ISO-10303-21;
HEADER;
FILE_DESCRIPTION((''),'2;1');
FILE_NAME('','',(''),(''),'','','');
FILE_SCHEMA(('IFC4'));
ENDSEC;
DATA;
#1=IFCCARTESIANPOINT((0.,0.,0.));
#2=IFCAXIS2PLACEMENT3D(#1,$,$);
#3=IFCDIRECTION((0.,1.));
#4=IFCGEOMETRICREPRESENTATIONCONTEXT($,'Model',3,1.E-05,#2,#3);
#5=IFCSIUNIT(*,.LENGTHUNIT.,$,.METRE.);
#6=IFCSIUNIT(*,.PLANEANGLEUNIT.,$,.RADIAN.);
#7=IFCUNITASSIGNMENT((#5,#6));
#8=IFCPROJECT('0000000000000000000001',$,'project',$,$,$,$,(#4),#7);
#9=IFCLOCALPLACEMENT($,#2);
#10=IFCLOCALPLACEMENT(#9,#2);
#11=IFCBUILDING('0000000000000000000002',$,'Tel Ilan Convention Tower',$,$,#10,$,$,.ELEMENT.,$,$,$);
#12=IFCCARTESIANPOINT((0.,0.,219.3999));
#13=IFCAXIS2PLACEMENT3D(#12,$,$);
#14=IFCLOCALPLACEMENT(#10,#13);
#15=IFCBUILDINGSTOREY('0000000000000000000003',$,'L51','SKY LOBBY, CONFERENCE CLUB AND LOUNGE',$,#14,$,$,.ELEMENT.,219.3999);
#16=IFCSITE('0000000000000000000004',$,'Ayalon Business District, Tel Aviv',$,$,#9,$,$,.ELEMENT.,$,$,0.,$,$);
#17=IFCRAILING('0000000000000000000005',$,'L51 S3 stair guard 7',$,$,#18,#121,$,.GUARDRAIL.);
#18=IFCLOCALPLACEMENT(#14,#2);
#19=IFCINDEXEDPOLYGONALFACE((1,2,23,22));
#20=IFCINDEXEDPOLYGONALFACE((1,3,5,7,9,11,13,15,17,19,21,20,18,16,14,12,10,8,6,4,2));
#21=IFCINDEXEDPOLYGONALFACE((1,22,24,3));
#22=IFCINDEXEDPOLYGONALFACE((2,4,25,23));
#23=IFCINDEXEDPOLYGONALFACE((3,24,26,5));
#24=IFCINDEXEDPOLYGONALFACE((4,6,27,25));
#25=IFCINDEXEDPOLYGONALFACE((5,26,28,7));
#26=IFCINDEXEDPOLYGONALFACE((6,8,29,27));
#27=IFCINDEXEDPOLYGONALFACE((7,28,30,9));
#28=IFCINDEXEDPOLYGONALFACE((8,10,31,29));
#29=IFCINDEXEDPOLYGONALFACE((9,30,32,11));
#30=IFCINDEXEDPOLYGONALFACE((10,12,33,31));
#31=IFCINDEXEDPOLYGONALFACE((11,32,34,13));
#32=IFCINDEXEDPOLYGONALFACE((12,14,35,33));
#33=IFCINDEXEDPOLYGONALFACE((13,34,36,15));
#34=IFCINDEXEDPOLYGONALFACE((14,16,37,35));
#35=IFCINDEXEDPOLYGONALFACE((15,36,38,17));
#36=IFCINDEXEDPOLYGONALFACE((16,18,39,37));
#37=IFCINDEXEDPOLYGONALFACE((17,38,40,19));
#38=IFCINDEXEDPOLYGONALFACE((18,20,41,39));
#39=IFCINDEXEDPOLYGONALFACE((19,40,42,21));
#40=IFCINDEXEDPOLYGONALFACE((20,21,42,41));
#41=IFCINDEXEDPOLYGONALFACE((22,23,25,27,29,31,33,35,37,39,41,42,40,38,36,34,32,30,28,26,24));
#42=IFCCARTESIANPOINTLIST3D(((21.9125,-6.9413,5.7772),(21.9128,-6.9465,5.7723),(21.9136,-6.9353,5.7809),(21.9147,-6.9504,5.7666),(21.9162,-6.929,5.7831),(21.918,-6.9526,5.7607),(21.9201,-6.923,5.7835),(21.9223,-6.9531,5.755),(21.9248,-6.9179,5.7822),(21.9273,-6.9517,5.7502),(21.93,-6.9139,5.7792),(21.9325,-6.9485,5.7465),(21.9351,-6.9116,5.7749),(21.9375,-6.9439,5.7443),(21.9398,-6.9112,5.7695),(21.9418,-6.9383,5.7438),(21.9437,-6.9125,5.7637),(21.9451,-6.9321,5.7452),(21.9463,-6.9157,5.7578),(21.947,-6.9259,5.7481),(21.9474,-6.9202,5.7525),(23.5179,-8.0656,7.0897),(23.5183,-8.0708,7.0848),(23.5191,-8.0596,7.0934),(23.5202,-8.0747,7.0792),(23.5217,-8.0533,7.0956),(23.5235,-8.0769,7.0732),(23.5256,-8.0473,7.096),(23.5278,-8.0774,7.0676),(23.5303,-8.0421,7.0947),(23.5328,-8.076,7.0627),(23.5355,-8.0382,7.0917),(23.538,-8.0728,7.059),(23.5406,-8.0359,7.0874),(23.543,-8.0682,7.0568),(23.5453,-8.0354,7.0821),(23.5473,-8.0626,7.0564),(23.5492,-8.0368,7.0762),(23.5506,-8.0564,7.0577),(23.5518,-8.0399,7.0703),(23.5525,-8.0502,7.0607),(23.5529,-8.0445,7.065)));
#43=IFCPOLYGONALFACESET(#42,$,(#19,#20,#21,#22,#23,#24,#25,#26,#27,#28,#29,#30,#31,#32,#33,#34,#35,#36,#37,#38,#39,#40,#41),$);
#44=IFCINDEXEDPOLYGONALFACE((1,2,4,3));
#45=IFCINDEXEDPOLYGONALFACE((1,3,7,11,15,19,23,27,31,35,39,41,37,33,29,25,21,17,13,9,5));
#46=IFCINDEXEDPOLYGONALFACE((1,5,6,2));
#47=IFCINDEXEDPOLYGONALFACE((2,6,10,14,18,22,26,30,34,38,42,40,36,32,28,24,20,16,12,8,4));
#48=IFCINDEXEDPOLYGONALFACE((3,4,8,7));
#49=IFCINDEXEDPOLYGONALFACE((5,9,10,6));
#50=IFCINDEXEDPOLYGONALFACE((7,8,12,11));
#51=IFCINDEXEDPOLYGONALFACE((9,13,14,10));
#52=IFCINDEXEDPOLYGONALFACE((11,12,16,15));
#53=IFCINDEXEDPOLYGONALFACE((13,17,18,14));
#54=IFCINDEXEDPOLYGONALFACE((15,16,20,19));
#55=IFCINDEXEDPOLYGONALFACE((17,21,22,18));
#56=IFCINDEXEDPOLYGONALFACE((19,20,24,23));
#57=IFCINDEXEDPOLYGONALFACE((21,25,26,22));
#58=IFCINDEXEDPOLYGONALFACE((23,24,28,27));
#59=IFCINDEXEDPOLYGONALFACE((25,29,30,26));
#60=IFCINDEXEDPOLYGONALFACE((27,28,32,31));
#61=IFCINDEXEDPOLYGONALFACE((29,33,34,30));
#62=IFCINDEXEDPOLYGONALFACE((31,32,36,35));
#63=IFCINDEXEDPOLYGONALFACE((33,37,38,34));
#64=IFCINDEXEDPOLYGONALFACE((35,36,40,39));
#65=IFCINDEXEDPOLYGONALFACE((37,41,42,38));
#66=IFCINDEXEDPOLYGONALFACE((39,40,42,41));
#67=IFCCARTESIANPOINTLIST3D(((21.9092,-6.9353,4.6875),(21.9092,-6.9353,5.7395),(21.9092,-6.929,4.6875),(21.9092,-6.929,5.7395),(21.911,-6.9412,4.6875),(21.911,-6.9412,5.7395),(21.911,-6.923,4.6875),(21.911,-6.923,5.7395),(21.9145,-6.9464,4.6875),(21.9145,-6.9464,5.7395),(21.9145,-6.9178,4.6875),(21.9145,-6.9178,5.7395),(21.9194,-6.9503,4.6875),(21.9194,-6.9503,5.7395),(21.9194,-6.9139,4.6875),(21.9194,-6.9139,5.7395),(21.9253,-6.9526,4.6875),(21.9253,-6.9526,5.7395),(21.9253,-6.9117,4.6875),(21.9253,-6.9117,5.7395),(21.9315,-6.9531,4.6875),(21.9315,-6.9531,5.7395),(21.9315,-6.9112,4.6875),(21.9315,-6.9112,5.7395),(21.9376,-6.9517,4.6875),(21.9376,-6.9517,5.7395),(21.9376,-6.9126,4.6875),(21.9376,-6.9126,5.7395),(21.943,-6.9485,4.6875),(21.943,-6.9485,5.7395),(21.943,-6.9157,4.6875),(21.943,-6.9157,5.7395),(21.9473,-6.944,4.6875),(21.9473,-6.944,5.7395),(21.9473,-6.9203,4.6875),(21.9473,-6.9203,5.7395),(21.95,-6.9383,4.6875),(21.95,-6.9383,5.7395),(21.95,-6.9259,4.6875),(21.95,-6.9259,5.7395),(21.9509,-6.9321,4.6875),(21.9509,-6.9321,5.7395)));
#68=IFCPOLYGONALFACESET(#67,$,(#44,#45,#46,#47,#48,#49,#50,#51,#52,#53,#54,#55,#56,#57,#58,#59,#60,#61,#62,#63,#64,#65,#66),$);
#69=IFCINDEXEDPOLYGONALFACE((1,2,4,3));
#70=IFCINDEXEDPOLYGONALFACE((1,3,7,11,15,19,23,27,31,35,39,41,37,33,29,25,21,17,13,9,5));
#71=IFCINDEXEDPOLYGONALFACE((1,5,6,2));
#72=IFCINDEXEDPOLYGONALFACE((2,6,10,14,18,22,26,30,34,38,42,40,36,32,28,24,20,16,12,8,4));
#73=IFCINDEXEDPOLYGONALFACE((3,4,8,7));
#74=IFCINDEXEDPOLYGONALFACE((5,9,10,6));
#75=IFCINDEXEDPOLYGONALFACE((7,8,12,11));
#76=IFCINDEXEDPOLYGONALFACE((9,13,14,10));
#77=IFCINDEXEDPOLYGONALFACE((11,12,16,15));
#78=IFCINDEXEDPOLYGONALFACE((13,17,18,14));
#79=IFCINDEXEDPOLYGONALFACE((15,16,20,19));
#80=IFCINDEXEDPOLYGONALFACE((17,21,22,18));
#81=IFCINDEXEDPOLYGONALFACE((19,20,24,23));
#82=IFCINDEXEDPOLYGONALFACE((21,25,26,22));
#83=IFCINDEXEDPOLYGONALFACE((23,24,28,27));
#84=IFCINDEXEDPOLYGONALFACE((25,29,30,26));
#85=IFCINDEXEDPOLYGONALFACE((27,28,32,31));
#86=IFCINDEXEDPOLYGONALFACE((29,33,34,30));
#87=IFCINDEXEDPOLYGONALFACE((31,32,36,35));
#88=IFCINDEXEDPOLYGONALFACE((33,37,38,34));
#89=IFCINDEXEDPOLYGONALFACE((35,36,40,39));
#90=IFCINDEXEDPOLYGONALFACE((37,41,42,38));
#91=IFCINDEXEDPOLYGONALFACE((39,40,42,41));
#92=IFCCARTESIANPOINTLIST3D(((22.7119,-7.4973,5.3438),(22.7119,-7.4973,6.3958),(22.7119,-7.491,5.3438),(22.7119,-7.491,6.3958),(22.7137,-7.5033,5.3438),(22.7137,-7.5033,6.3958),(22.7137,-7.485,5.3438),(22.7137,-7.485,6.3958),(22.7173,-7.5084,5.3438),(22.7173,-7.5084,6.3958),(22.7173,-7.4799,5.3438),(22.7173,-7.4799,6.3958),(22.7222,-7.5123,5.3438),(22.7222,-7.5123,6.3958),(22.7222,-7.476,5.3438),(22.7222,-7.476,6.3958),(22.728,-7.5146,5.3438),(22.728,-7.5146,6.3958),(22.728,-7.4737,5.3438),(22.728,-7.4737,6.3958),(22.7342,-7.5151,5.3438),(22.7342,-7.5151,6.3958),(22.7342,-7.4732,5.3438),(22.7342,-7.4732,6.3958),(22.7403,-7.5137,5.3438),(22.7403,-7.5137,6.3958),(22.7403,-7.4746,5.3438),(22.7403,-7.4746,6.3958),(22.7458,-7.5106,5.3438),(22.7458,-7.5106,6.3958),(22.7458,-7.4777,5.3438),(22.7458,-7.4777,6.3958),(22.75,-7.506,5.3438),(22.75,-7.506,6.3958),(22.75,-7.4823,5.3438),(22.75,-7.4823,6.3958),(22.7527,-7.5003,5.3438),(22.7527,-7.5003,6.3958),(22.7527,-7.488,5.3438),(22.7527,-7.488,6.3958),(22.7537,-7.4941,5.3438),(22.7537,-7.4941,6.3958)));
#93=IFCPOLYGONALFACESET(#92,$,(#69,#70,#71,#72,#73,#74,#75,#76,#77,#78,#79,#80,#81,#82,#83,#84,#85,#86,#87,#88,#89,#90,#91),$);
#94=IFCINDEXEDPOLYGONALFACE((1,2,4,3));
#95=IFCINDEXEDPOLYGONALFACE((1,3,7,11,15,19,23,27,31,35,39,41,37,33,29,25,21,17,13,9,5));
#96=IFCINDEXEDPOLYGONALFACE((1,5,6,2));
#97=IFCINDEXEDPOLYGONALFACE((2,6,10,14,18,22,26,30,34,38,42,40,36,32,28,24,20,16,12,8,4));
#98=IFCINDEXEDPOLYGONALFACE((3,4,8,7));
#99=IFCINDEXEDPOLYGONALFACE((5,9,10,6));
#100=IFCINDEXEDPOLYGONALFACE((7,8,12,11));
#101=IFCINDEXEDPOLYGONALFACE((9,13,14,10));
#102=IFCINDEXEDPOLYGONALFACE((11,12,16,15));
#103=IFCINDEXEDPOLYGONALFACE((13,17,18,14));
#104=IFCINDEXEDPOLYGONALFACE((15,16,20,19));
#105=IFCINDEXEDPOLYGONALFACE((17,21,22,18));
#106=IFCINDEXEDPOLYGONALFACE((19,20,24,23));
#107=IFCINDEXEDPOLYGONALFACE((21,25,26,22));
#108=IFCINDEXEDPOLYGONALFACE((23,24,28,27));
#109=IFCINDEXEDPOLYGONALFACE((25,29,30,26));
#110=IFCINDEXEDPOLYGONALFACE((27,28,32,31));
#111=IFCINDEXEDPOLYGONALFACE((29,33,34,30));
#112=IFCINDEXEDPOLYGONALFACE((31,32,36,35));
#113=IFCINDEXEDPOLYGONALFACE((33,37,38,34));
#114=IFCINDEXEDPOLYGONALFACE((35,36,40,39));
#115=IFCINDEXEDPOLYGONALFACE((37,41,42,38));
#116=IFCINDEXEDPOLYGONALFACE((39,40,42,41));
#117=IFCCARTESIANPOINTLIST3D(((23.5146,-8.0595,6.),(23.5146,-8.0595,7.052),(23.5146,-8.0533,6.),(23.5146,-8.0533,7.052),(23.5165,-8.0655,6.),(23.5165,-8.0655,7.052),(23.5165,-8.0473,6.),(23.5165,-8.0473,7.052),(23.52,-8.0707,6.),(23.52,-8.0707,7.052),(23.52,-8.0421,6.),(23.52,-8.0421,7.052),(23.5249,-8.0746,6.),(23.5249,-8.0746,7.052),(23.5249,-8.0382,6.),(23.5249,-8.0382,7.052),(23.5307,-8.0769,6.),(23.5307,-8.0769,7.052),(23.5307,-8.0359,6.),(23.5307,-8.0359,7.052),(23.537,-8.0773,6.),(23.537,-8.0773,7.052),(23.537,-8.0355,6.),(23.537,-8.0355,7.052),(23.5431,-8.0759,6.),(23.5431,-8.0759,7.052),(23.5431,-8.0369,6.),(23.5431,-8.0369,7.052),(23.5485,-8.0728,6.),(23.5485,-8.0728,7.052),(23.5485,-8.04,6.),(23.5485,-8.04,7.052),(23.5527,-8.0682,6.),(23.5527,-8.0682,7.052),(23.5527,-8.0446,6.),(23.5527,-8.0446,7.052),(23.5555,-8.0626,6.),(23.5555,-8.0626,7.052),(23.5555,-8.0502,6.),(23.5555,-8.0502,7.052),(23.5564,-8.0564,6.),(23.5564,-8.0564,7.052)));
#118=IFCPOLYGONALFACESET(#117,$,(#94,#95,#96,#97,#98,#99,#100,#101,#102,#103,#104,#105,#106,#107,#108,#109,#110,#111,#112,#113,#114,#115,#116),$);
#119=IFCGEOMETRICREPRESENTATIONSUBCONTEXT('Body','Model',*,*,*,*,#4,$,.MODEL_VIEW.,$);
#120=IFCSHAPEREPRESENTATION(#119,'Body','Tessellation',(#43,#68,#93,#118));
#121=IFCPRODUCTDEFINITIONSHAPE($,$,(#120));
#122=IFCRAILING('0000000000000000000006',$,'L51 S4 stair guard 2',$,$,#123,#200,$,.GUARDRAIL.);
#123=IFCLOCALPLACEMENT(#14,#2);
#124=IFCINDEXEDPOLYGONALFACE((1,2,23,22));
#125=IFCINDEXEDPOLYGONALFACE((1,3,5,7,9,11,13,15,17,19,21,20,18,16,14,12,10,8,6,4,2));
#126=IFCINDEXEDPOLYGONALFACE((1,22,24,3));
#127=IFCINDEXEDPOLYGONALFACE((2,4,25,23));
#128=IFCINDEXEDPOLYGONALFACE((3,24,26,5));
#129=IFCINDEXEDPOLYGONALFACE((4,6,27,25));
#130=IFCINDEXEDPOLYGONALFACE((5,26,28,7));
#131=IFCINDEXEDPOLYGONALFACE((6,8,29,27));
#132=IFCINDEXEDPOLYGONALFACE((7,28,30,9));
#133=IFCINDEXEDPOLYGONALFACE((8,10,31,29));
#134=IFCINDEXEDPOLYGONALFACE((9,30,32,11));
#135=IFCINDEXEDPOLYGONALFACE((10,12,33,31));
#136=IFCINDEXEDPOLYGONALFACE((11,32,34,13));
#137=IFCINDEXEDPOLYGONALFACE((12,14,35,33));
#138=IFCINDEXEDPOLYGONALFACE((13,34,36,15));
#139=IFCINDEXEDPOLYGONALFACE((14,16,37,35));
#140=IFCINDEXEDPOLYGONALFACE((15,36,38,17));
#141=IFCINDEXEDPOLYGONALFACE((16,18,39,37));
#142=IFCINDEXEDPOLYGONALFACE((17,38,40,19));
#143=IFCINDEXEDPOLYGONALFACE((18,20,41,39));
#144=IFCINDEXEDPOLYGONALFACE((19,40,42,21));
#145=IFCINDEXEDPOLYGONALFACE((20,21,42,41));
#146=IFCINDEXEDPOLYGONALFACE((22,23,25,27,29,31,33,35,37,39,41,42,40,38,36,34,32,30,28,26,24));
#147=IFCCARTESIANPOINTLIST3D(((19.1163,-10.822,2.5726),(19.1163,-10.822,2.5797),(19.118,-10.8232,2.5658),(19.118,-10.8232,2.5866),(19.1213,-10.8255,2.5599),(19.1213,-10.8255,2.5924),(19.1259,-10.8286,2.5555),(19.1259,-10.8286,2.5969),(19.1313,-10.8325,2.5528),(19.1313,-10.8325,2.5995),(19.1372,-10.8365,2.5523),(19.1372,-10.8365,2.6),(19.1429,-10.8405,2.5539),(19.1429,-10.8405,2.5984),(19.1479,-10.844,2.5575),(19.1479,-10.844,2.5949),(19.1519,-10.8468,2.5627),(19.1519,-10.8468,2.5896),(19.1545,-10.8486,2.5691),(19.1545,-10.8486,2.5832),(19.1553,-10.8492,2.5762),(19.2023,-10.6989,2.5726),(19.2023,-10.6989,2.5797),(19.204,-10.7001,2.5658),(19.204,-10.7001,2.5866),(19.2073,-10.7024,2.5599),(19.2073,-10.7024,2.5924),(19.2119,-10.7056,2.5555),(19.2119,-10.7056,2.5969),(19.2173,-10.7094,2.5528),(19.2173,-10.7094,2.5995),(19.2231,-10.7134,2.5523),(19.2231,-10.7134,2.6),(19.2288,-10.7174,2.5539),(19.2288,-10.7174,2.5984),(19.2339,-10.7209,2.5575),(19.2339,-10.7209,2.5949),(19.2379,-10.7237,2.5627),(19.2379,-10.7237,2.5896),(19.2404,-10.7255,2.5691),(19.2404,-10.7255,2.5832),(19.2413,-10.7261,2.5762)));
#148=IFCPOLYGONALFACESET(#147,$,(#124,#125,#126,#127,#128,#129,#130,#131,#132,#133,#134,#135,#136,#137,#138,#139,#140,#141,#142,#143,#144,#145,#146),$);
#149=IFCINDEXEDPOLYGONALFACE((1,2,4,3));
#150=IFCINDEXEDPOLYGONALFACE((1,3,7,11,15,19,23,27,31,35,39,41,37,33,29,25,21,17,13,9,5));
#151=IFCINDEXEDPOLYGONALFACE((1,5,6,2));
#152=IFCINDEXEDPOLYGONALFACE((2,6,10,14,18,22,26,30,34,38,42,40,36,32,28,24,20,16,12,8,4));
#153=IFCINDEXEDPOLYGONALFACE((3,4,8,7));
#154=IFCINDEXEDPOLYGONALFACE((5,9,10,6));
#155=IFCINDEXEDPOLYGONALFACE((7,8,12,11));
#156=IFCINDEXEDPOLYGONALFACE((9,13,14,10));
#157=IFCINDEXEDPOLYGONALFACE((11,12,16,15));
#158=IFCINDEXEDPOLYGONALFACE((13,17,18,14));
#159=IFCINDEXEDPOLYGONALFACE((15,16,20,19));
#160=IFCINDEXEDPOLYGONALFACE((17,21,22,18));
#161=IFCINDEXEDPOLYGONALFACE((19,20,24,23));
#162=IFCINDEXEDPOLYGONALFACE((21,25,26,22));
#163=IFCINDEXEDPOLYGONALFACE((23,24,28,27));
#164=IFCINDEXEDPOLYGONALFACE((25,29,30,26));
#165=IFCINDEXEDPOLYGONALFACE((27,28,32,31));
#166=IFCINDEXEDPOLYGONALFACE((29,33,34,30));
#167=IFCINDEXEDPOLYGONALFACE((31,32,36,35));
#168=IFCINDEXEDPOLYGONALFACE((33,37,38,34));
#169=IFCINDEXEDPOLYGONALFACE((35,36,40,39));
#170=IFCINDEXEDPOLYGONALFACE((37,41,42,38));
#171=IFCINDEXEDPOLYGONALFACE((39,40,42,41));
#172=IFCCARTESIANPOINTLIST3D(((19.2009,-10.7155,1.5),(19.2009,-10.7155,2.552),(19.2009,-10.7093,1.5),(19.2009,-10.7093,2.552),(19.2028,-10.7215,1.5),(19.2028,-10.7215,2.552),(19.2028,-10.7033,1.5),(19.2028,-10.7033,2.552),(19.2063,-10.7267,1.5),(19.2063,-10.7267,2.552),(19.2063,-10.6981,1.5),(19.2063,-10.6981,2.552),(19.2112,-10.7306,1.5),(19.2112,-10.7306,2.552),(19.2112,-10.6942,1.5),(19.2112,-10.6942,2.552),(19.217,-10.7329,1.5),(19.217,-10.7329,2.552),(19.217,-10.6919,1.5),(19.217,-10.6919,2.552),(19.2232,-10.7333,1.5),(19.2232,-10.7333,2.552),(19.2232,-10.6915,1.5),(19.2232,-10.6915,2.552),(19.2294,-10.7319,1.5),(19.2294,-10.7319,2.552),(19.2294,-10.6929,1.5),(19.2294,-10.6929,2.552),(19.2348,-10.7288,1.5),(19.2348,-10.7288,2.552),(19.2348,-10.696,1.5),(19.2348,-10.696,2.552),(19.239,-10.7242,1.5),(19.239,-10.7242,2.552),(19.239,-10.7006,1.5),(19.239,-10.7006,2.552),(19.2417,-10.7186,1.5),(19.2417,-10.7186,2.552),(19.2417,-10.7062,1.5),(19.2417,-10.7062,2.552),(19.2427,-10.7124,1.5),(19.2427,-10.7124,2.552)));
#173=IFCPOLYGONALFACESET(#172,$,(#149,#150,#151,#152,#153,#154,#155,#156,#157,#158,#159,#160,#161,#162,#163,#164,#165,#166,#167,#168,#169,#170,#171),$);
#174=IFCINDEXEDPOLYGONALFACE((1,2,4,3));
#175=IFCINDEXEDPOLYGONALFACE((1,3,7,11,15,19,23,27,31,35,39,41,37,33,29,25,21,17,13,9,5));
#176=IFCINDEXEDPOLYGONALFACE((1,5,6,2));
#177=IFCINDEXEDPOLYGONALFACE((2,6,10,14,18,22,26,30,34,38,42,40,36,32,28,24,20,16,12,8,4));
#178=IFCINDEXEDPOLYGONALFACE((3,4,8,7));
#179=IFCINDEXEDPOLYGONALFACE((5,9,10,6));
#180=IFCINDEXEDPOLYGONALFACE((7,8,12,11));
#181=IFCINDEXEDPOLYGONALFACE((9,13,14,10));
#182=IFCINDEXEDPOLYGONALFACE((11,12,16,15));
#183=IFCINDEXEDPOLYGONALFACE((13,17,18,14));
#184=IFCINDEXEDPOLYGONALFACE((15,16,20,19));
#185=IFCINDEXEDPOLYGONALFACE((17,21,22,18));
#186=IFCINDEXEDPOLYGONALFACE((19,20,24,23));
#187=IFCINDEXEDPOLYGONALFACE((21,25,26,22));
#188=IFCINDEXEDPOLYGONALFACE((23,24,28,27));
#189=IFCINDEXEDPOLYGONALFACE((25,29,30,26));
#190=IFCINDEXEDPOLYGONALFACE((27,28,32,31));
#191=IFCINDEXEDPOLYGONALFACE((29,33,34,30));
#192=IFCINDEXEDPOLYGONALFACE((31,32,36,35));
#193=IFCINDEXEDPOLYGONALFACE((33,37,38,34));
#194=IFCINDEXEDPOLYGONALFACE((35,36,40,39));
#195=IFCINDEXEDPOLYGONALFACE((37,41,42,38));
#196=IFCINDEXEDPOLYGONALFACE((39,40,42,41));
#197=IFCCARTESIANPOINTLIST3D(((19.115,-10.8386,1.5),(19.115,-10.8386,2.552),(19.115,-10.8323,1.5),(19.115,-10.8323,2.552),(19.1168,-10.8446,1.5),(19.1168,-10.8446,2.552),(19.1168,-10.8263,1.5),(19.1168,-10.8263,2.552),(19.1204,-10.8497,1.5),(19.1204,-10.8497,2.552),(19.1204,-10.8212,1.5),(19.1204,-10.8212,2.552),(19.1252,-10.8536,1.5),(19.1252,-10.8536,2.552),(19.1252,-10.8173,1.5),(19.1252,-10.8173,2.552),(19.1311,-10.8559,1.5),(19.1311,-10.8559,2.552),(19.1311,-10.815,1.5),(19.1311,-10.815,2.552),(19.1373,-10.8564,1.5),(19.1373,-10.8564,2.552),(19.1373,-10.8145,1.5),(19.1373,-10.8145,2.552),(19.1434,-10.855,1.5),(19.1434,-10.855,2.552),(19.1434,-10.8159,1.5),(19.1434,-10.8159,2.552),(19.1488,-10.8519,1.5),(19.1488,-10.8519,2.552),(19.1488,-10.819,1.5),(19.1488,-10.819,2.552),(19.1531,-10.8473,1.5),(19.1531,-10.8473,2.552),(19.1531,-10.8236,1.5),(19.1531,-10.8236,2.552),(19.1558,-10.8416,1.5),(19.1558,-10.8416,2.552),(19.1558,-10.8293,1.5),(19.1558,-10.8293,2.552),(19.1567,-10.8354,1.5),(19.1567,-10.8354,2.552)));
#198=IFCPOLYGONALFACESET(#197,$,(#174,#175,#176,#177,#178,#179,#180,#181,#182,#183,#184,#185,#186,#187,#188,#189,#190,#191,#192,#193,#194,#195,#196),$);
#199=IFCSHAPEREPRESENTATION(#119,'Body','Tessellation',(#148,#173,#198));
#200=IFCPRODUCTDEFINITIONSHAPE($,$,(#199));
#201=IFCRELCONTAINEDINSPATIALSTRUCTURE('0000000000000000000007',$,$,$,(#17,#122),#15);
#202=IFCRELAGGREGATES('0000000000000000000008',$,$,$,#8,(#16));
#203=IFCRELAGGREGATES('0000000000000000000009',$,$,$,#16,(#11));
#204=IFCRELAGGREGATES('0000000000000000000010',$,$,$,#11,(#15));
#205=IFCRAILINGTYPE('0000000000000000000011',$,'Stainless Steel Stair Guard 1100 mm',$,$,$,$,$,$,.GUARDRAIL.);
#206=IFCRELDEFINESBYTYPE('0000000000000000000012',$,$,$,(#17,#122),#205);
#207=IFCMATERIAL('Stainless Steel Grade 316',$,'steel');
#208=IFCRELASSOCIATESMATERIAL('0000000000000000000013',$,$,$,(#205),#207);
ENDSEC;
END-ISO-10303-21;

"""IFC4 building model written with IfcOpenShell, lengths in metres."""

from ifc_helpers import new_model, si_unit, direction, frame, origin, origin_2d, place, context, subcontext, project, spatial, circle, extrude, material, type_object, element, save


model = new_model("IFC4")

# Units and contexts
model_context = context("Model", 3, precision=1e-05, world=origin(), true_north=direction((0.0, 1.0)))
body_context = subcontext(model_context, "Body", "Model", "MODEL_VIEW")
ifc_project = project(units=[si_unit("LENGTHUNIT", "METRE"), si_unit("PLANEANGLEUNIT", "RADIAN")], contexts=[model_context])

# Site, building, storey
site_placement = place(None, origin())
site = spatial("IfcSite", under=ifc_project, at=site_placement, Name="Ayalon Business District, Tel Aviv", CompositionType="ELEMENT", RefElevation=0.0)
building_placement = place(site_placement, origin())
building = spatial("IfcBuilding", under=site, at=building_placement, Name="Tel Ilan Convention Tower", CompositionType="ELEMENT")
storey_placement = place(building_placement, frame((0.0, 0.0, 219.3999)))
storey = spatial("IfcBuildingStorey", under=building, at=storey_placement, Name="L51", Description="SKY LOBBY, CONFERENCE CLUB AND LOUNGE", CompositionType="ELEMENT", Elevation=219.3999)

# Railings
ifc_material_1 = material(Name="Stainless Steel Grade 316", Category="steel")
railing_type_1 = type_object("IfcRailingType", Name="Stainless Steel Stair Guard 1100 mm", PredefinedType="GUARDRAIL", material=ifc_material_1)
railing_1_placement = place(storey_placement, frame((21.9299, -6.9321, 4.6875)))
element("IfcRailing", 1, at=railing_1_placement, inside=storey, type_object=railing_type_1, Name="L51 S3 stair guard 7", PredefinedType="GUARDRAIL", context=body_context, shape_type="SweptSolid", body=[
    extrude(circle(Radius=0.0239, at=origin_2d()), frame((0.0, 0.0, 1.0762), z_axis=(0.680616, -0.476617, 0.556416), x_axis=(0.573613, 0.819127, 0.0)), (0.0, 0.0, 1.0), 2.3589),
    extrude(circle(Radius=0.021, at=origin_2d()), origin(), (0.0, 0.0, 1.0), 1.052),
    extrude(circle(Radius=0.021, at=origin_2d()), frame((0.8027, -0.562, 0.6562)), (0.0, 0.0, 1.0), 1.052),
    extrude(circle(Radius=0.021, at=origin_2d()), frame((1.6055, -1.1243, 1.3125)), (0.0, 0.0, 1.0), 1.052),
])
railing_2_placement = place(storey_placement, frame((19.2217, -10.7124, 1.5)))
element("IfcRailing", 2, at=railing_2_placement, inside=storey, type_object=railing_type_1, Name="L51 S4 stair guard 2", PredefinedType="GUARDRAIL", context=body_context, shape_type="SweptSolid", body=[
    extrude(circle(Radius=0.0239, at=origin_2d()), frame((0.0, 0.0, 1.0762), z_axis=(-0.572589, -0.819843, 0.0), x_axis=(0.819843, -0.572589, 0.0)), (0.0, 0.0, 1.0), 0.1501),
    extrude(circle(Radius=0.021, at=origin_2d()), origin(), (0.0, 0.0, 1.0), 1.052),
    extrude(circle(Radius=0.021, at=origin_2d()), frame((-0.0859, -0.123, 0.0)), (0.0, 0.0, 1.0), 1.052),
])

save(model, "model.ifc")
